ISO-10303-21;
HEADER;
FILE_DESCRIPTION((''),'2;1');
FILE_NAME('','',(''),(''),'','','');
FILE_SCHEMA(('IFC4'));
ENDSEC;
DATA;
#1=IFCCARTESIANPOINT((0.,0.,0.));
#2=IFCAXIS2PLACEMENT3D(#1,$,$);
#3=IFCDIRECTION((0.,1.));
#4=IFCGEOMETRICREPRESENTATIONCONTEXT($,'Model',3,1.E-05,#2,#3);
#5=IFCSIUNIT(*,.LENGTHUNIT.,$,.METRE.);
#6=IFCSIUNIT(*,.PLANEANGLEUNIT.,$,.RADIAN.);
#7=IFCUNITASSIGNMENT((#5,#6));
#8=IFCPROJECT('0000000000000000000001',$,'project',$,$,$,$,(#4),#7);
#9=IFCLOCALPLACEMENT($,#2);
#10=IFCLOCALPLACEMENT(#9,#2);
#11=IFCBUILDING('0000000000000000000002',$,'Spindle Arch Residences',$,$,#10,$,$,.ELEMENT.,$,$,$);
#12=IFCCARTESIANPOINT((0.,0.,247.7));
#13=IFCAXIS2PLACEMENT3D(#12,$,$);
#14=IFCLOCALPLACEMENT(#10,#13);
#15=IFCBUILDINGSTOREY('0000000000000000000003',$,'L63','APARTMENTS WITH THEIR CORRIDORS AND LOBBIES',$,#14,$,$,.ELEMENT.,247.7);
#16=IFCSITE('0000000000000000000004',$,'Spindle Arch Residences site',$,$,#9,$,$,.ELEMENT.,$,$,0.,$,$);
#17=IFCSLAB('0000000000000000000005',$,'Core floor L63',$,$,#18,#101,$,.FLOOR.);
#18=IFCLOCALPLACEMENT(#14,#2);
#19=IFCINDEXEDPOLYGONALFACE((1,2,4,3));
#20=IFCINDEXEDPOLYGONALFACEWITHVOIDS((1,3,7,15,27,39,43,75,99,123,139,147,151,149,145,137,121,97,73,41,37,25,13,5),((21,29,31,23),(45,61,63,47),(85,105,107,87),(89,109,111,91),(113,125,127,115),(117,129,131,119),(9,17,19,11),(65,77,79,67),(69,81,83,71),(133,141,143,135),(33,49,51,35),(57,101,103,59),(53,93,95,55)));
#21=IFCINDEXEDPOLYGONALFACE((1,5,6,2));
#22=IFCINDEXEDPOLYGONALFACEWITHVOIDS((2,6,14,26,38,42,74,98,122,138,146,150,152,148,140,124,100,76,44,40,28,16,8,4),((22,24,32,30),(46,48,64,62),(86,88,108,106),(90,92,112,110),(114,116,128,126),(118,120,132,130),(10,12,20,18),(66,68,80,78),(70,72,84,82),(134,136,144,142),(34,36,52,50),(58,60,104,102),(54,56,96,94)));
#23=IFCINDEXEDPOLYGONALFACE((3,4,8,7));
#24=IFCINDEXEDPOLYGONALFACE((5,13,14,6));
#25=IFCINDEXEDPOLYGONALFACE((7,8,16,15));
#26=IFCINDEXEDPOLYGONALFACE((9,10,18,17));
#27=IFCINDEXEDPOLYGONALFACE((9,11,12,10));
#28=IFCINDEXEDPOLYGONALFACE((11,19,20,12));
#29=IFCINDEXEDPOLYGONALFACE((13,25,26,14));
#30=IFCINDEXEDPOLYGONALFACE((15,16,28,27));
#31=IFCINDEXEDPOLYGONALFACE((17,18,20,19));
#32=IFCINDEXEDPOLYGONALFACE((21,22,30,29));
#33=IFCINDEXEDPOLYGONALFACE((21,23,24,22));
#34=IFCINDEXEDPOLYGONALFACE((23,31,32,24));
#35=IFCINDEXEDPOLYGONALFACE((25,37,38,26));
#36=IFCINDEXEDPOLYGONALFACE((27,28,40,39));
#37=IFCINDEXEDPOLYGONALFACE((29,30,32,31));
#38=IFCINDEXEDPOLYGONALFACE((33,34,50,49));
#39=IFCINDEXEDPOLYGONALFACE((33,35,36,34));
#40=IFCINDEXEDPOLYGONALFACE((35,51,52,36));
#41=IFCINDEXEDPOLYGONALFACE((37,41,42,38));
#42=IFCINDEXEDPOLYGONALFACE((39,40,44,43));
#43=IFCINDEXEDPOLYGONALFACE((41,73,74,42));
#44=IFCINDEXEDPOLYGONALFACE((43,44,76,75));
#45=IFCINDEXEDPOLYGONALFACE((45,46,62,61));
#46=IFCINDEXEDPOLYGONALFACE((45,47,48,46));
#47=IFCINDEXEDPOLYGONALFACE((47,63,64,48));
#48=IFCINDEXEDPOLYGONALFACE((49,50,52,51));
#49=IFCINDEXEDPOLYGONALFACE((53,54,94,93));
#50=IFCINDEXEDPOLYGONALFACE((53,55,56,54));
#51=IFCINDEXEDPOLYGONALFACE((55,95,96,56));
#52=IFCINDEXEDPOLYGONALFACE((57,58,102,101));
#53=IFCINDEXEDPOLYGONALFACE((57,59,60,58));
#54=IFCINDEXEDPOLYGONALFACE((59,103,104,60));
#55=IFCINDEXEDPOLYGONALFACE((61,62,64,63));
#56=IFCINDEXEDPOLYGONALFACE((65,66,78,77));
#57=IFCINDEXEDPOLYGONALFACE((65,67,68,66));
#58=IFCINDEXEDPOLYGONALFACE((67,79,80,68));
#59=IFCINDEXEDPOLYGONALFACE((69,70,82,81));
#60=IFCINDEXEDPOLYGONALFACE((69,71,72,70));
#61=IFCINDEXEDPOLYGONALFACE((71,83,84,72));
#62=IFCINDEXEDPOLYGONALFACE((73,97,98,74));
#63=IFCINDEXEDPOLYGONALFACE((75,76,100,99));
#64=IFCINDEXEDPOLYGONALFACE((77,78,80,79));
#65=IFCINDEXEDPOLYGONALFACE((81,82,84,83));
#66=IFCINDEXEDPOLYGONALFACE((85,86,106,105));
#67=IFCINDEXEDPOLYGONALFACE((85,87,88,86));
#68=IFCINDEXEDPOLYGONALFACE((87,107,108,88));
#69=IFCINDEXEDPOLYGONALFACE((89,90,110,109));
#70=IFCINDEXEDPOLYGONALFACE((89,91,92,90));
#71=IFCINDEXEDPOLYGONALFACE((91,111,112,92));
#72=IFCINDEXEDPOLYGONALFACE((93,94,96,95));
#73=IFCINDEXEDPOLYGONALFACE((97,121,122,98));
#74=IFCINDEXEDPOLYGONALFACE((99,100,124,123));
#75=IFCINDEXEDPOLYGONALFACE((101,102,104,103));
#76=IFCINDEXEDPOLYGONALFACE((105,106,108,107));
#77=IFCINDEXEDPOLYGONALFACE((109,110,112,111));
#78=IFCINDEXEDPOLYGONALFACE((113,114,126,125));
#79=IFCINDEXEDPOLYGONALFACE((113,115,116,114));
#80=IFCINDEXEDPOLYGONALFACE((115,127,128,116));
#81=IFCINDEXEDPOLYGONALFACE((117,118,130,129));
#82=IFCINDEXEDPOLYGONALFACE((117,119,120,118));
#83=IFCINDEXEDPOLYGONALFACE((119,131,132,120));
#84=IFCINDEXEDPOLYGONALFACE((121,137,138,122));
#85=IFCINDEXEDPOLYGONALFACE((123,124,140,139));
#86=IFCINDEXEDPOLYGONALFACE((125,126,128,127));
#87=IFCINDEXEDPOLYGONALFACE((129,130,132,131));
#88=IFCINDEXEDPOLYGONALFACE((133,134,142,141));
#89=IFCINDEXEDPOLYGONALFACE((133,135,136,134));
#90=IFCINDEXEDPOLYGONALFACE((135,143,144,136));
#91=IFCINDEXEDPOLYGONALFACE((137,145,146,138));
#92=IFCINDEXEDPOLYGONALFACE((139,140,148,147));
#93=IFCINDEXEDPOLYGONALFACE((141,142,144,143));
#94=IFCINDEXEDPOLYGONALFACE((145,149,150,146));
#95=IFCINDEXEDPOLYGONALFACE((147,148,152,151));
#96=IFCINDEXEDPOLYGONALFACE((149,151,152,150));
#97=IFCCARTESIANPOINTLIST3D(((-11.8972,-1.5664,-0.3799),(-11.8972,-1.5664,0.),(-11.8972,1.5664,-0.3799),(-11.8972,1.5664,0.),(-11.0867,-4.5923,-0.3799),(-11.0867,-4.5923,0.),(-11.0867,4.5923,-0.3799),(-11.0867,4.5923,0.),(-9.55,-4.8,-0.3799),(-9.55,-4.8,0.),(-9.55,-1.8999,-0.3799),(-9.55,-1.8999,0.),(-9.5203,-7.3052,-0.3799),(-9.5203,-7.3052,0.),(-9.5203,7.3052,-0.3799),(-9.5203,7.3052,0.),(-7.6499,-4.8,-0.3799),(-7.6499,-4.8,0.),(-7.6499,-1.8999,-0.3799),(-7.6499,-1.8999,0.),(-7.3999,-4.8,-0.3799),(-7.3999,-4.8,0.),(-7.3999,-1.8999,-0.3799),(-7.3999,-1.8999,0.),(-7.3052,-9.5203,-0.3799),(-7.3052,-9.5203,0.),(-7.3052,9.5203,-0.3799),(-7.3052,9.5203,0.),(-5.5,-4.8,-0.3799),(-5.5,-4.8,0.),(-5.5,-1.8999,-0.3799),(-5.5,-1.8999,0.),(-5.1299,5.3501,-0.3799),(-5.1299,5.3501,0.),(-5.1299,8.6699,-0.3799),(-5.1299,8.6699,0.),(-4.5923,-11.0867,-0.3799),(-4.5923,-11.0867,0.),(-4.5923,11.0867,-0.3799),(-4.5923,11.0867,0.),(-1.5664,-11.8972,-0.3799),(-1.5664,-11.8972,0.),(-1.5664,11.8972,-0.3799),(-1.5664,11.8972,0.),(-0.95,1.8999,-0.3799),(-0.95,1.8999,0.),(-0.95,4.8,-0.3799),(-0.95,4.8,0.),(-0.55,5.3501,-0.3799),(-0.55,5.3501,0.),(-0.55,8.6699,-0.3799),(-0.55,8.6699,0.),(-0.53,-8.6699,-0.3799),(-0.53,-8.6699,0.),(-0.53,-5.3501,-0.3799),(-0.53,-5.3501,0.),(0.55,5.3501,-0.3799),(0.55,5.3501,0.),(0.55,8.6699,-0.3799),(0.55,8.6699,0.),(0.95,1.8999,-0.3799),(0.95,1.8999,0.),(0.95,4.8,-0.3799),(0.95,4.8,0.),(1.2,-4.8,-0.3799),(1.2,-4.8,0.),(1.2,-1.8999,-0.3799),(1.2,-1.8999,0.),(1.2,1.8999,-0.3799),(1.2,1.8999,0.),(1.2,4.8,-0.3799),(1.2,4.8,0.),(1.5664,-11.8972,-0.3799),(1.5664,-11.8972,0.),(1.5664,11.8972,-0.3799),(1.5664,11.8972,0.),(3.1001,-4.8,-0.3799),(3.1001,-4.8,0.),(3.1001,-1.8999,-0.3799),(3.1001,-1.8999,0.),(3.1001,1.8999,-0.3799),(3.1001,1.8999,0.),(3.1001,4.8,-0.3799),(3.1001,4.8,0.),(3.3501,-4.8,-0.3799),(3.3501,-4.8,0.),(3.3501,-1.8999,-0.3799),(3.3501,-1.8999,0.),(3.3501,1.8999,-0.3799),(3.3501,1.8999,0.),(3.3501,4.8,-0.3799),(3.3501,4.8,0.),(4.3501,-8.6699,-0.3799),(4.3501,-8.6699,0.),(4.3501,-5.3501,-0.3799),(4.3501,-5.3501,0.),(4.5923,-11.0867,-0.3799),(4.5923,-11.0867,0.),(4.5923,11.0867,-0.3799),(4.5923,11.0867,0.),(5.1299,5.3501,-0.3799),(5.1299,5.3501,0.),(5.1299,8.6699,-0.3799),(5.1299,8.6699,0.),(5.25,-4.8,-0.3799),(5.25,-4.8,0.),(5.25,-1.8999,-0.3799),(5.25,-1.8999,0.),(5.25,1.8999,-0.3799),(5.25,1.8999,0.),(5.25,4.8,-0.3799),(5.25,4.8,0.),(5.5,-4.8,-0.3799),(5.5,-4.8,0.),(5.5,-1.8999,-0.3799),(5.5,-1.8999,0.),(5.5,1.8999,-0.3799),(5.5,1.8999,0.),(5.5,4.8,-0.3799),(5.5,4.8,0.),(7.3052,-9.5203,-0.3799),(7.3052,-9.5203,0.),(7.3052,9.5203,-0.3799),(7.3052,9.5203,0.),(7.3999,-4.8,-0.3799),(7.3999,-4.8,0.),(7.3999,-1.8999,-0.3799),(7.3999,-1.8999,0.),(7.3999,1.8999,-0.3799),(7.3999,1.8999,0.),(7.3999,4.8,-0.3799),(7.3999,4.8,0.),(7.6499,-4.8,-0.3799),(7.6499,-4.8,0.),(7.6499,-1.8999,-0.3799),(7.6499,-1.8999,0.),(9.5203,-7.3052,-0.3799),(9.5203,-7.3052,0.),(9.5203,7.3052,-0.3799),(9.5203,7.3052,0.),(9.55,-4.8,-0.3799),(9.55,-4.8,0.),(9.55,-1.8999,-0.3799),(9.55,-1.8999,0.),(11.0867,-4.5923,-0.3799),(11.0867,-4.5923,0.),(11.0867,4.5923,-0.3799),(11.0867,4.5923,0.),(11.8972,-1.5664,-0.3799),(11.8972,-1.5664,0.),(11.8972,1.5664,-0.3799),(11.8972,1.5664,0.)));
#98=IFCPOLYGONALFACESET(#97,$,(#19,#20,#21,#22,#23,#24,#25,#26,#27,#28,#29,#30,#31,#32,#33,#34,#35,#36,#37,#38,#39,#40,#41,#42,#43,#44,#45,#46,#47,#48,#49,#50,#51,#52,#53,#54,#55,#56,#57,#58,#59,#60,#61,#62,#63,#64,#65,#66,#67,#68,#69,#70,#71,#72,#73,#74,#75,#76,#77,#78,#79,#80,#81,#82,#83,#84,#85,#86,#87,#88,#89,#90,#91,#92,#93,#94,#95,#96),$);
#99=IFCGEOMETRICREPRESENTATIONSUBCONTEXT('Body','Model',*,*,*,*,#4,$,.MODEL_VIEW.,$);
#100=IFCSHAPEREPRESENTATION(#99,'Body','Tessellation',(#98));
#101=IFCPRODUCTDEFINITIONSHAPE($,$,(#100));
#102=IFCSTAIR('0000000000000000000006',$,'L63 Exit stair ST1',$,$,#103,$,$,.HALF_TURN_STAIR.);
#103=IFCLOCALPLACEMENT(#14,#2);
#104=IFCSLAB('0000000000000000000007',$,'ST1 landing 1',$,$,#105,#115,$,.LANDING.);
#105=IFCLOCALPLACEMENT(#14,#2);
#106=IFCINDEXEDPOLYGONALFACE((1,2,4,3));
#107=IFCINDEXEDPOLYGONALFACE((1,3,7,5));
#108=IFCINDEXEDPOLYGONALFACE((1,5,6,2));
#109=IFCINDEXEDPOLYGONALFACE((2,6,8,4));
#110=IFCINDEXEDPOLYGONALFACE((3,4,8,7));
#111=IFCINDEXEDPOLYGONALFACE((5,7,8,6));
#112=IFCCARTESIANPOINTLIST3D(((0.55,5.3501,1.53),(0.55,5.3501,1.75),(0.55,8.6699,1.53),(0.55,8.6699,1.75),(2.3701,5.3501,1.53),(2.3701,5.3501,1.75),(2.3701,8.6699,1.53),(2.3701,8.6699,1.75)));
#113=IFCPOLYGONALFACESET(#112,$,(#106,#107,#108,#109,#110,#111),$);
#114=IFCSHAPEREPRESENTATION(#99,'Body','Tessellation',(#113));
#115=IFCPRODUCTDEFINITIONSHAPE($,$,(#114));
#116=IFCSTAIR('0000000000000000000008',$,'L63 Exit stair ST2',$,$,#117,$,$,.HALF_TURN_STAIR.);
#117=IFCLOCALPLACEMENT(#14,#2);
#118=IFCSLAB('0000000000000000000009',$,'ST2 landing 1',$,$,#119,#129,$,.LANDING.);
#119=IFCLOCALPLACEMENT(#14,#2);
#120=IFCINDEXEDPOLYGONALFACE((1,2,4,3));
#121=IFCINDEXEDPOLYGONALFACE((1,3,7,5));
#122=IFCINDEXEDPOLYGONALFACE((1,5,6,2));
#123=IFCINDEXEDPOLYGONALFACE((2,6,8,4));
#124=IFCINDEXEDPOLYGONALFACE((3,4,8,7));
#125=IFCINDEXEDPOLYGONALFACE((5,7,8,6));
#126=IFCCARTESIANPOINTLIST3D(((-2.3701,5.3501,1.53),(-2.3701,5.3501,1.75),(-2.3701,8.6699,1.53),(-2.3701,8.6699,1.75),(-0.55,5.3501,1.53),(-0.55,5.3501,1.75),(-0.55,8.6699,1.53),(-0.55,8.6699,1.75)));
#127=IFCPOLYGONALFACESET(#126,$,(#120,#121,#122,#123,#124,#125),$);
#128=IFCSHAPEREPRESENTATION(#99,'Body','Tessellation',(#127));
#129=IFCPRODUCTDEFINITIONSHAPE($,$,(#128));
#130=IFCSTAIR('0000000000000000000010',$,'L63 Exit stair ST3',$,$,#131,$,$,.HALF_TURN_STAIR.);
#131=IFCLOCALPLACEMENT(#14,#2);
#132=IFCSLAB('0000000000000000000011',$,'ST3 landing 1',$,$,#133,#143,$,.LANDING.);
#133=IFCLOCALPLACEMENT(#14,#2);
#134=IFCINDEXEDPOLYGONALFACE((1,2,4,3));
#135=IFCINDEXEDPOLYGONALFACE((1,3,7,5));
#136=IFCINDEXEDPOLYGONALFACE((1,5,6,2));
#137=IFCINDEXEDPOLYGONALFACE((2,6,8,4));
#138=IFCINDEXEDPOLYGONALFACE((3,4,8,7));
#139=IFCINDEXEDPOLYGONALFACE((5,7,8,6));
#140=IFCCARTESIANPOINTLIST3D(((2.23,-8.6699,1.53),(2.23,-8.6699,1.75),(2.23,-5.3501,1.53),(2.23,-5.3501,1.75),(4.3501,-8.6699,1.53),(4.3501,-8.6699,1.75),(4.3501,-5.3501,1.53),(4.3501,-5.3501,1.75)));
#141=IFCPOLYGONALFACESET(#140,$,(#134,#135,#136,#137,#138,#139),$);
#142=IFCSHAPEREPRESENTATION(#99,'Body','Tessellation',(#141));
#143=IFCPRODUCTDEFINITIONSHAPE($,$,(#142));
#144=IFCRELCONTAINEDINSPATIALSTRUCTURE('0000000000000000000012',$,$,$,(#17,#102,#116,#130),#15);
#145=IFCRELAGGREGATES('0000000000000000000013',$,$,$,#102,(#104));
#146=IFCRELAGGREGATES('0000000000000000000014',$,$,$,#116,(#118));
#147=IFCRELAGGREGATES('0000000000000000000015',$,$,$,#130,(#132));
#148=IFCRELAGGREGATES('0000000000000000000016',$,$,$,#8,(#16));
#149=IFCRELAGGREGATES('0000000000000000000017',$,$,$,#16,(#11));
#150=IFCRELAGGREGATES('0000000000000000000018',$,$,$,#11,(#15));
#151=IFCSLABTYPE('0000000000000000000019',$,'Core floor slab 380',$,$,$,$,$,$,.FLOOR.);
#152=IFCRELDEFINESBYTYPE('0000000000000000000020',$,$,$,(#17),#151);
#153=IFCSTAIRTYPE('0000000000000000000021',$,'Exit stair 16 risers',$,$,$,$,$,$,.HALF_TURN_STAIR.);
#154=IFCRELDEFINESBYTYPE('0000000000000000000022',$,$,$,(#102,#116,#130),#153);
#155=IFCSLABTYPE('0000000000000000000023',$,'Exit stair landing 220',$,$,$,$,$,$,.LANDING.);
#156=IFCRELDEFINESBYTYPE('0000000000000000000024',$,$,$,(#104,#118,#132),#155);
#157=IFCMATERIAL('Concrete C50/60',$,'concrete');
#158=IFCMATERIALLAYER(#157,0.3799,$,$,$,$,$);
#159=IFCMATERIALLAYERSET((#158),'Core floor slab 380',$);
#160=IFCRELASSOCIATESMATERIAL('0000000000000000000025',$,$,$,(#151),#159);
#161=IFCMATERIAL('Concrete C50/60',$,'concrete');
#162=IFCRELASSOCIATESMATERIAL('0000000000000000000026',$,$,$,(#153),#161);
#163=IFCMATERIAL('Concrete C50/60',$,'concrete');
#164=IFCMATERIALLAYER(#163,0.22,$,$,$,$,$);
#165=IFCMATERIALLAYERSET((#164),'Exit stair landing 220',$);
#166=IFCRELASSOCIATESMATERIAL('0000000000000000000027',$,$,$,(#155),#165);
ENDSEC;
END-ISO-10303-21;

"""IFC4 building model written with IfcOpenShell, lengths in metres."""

from ifc_helpers import new_model, si_unit, direction, frame, origin, place, context, subcontext, project, spatial, polyline, outline, extrude, material, layer, layer_set, type_object, element, aggregate, save


model = new_model("IFC4")

# Units and contexts
model_context = context("Model", 3, precision=1e-05, world=origin(), true_north=direction((0.0, 1.0)))
body_context = subcontext(model_context, "Body", "Model", "MODEL_VIEW")
ifc_project = project(units=[si_unit("LENGTHUNIT", "METRE"), si_unit("PLANEANGLEUNIT", "RADIAN")], contexts=[model_context])

# Site, building, storey
site_placement = place(None, origin())
site = spatial("IfcSite", under=ifc_project, at=site_placement, Name="Spindle Arch Residences site", CompositionType="ELEMENT", RefElevation=0.0)
building_placement = place(site_placement, origin())
building = spatial("IfcBuilding", under=site, at=building_placement, Name="Spindle Arch Residences", CompositionType="ELEMENT")
storey_placement = place(building_placement, frame((0.0, 0.0, 247.7)))
storey = spatial("IfcBuildingStorey", under=building, at=storey_placement, Name="L63", Description="APARTMENTS WITH THEIR CORRIDORS AND LOBBIES", CompositionType="ELEMENT", Elevation=247.7)

# Slab
ifc_material_1 = material(Name="Concrete C50/60", Category="concrete")
ifc_layer_1 = layer(ifc_material_1, 0.3799)
ifc_layer_set_1 = layer_set([ifc_layer_1], Name="Core floor slab 380")
slab_type_1 = type_object("IfcSlabType", Name="Core floor slab 380", PredefinedType="FLOOR", material=ifc_layer_set_1)
slab_1_placement = place(storey_placement, frame((0.0, 0.0, -0.3799)))
element("IfcSlab", 1, at=slab_1_placement, inside=storey, type_object=slab_type_1, Name="Core floor L63", PredefinedType="FLOOR", context=body_context, shape_type="SweptSolid", body=[
    extrude(outline(polyline([(1.5664, -11.8972), (4.5923, -11.0867), (7.3052, -9.5203), (9.5203, -7.3052), (11.0867, -4.5923), (11.8972, -1.5664), (11.8972, 1.5664), (11.0867, 4.5923), (9.5203, 7.3052), (7.3052, 9.5203), (4.5923, 11.0867), (1.5664, 11.8972), (-1.5664, 11.8972), (-4.5923, 11.0867), (-7.3052, 9.5203), (-9.5203, 7.3052), (-11.0867, 4.5923), (-11.8972, 1.5664), (-11.8972, -1.5664), (-11.0867, -4.5923), (-9.5203, -7.3052), (-7.3052, -9.5203), (-4.5923, -11.0867), (-1.5664, -11.8972), (1.5664, -11.8972)]), holes=[polyline([(-0.95, 1.8999), (0.95, 1.8999), (0.95, 4.8), (-0.95, 4.8), (-0.95, 1.8999)]), polyline([(1.2, 1.8999), (3.1001, 1.8999), (3.1001, 4.8), (1.2, 4.8), (1.2, 1.8999)]), polyline([(3.3501, 1.8999), (5.25, 1.8999), (5.25, 4.8), (3.3501, 4.8), (3.3501, 1.8999)]), polyline([(5.5, 1.8999), (7.3999, 1.8999), (7.3999, 4.8), (5.5, 4.8), (5.5, 1.8999)]), polyline([(-9.55, -4.8), (-7.6499, -4.8), (-7.6499, -1.8999), (-9.55, -1.8999), (-9.55, -4.8)]), polyline([(-7.3999, -4.8), (-5.5, -4.8), (-5.5, -1.8999), (-7.3999, -1.8999), (-7.3999, -4.8)]), polyline([(1.2, -4.8), (3.1001, -4.8), (3.1001, -1.8999), (1.2, -1.8999), (1.2, -4.8)]), polyline([(3.3501, -4.8), (5.25, -4.8), (5.25, -1.8999), (3.3501, -1.8999), (3.3501, -4.8)]), polyline([(5.5, -4.8), (7.3999, -4.8), (7.3999, -1.8999), (5.5, -1.8999), (5.5, -4.8)]), polyline([(7.6499, -4.8), (9.55, -4.8), (9.55, -1.8999), (7.6499, -1.8999), (7.6499, -4.8)]), polyline([(5.1299, 8.6699), (0.55, 8.6699), (0.55, 5.3501), (5.1299, 5.3501), (5.1299, 8.6699)]), polyline([(-5.1299, 5.3501), (-0.55, 5.3501), (-0.55, 8.6699), (-5.1299, 8.6699), (-5.1299, 5.3501)]), polyline([(-0.53, -8.6699), (4.3501, -8.6699), (4.3501, -5.3501), (-0.53, -5.3501), (-0.53, -8.6699)])]), origin(), (0.0, 0.0, 1.0), 0.3799),
])

# Stairs, slabs
ifc_material_2 = material(Name="Concrete C50/60", Category="concrete")
stair_type = type_object("IfcStairType", Name="Exit stair 16 risers", PredefinedType="HALF_TURN_STAIR", material=ifc_material_2)
stair_1_placement = place(storey_placement, origin())
stair_1 = element("IfcStair", 2, at=stair_1_placement, inside=storey, type_object=stair_type, Name="L63 Exit stair ST1", PredefinedType="HALF_TURN_STAIR")
ifc_material_3 = material(Name="Concrete C50/60", Category="concrete")
ifc_layer_2 = layer(ifc_material_3, 0.22)
ifc_layer_set_2 = layer_set([ifc_layer_2], Name="Exit stair landing 220")
slab_type_2 = type_object("IfcSlabType", Name="Exit stair landing 220", PredefinedType="LANDING", material=ifc_layer_set_2)
slab_2_placement = place(storey_placement, frame((0.0, 0.0, 1.53)))
slab_2 = element("IfcSlab", 3, at=slab_2_placement, type_object=slab_type_2, Name="ST1 landing 1", PredefinedType="LANDING", context=body_context, shape_type="SweptSolid", body=[
    extrude(outline(polyline([(2.3701, 8.6699), (0.55, 8.6699), (0.55, 5.3501), (2.3701, 5.3501), (2.3701, 8.6699)])), origin(), (0.0, 0.0, 1.0), 0.22),
])
aggregate(stair_1, [slab_2])
stair_2_placement = place(storey_placement, origin())
stair_2 = element("IfcStair", 4, at=stair_2_placement, inside=storey, type_object=stair_type, Name="L63 Exit stair ST2", PredefinedType="HALF_TURN_STAIR")
slab_3_placement = place(storey_placement, frame((0.0, 0.0, 1.53)))
slab_3 = element("IfcSlab", 5, at=slab_3_placement, type_object=slab_type_2, Name="ST2 landing 1", PredefinedType="LANDING", context=body_context, shape_type="SweptSolid", body=[
    extrude(outline(polyline([(-2.3701, 5.3501), (-0.55, 5.3501), (-0.55, 8.6699), (-2.3701, 8.6699), (-2.3701, 5.3501)])), origin(), (0.0, 0.0, 1.0), 0.22),
])
aggregate(stair_2, [slab_3])
stair_3_placement = place(storey_placement, origin())
stair_3 = element("IfcStair", 6, at=stair_3_placement, inside=storey, type_object=stair_type, Name="L63 Exit stair ST3", PredefinedType="HALF_TURN_STAIR")
slab_4_placement = place(storey_placement, frame((0.0, 0.0, 1.53)))
slab_4 = element("IfcSlab", 7, at=slab_4_placement, type_object=slab_type_2, Name="ST3 landing 1", PredefinedType="LANDING", context=body_context, shape_type="SweptSolid", body=[
    extrude(outline(polyline([(2.23, -8.6699), (4.3501, -8.6699), (4.3501, -5.3501), (2.23, -5.3501), (2.23, -8.6699)])), origin(), (0.0, 0.0, 1.0), 0.22),
])

aggregate(stair_3, [slab_4])

save(model, "model.ifc")
